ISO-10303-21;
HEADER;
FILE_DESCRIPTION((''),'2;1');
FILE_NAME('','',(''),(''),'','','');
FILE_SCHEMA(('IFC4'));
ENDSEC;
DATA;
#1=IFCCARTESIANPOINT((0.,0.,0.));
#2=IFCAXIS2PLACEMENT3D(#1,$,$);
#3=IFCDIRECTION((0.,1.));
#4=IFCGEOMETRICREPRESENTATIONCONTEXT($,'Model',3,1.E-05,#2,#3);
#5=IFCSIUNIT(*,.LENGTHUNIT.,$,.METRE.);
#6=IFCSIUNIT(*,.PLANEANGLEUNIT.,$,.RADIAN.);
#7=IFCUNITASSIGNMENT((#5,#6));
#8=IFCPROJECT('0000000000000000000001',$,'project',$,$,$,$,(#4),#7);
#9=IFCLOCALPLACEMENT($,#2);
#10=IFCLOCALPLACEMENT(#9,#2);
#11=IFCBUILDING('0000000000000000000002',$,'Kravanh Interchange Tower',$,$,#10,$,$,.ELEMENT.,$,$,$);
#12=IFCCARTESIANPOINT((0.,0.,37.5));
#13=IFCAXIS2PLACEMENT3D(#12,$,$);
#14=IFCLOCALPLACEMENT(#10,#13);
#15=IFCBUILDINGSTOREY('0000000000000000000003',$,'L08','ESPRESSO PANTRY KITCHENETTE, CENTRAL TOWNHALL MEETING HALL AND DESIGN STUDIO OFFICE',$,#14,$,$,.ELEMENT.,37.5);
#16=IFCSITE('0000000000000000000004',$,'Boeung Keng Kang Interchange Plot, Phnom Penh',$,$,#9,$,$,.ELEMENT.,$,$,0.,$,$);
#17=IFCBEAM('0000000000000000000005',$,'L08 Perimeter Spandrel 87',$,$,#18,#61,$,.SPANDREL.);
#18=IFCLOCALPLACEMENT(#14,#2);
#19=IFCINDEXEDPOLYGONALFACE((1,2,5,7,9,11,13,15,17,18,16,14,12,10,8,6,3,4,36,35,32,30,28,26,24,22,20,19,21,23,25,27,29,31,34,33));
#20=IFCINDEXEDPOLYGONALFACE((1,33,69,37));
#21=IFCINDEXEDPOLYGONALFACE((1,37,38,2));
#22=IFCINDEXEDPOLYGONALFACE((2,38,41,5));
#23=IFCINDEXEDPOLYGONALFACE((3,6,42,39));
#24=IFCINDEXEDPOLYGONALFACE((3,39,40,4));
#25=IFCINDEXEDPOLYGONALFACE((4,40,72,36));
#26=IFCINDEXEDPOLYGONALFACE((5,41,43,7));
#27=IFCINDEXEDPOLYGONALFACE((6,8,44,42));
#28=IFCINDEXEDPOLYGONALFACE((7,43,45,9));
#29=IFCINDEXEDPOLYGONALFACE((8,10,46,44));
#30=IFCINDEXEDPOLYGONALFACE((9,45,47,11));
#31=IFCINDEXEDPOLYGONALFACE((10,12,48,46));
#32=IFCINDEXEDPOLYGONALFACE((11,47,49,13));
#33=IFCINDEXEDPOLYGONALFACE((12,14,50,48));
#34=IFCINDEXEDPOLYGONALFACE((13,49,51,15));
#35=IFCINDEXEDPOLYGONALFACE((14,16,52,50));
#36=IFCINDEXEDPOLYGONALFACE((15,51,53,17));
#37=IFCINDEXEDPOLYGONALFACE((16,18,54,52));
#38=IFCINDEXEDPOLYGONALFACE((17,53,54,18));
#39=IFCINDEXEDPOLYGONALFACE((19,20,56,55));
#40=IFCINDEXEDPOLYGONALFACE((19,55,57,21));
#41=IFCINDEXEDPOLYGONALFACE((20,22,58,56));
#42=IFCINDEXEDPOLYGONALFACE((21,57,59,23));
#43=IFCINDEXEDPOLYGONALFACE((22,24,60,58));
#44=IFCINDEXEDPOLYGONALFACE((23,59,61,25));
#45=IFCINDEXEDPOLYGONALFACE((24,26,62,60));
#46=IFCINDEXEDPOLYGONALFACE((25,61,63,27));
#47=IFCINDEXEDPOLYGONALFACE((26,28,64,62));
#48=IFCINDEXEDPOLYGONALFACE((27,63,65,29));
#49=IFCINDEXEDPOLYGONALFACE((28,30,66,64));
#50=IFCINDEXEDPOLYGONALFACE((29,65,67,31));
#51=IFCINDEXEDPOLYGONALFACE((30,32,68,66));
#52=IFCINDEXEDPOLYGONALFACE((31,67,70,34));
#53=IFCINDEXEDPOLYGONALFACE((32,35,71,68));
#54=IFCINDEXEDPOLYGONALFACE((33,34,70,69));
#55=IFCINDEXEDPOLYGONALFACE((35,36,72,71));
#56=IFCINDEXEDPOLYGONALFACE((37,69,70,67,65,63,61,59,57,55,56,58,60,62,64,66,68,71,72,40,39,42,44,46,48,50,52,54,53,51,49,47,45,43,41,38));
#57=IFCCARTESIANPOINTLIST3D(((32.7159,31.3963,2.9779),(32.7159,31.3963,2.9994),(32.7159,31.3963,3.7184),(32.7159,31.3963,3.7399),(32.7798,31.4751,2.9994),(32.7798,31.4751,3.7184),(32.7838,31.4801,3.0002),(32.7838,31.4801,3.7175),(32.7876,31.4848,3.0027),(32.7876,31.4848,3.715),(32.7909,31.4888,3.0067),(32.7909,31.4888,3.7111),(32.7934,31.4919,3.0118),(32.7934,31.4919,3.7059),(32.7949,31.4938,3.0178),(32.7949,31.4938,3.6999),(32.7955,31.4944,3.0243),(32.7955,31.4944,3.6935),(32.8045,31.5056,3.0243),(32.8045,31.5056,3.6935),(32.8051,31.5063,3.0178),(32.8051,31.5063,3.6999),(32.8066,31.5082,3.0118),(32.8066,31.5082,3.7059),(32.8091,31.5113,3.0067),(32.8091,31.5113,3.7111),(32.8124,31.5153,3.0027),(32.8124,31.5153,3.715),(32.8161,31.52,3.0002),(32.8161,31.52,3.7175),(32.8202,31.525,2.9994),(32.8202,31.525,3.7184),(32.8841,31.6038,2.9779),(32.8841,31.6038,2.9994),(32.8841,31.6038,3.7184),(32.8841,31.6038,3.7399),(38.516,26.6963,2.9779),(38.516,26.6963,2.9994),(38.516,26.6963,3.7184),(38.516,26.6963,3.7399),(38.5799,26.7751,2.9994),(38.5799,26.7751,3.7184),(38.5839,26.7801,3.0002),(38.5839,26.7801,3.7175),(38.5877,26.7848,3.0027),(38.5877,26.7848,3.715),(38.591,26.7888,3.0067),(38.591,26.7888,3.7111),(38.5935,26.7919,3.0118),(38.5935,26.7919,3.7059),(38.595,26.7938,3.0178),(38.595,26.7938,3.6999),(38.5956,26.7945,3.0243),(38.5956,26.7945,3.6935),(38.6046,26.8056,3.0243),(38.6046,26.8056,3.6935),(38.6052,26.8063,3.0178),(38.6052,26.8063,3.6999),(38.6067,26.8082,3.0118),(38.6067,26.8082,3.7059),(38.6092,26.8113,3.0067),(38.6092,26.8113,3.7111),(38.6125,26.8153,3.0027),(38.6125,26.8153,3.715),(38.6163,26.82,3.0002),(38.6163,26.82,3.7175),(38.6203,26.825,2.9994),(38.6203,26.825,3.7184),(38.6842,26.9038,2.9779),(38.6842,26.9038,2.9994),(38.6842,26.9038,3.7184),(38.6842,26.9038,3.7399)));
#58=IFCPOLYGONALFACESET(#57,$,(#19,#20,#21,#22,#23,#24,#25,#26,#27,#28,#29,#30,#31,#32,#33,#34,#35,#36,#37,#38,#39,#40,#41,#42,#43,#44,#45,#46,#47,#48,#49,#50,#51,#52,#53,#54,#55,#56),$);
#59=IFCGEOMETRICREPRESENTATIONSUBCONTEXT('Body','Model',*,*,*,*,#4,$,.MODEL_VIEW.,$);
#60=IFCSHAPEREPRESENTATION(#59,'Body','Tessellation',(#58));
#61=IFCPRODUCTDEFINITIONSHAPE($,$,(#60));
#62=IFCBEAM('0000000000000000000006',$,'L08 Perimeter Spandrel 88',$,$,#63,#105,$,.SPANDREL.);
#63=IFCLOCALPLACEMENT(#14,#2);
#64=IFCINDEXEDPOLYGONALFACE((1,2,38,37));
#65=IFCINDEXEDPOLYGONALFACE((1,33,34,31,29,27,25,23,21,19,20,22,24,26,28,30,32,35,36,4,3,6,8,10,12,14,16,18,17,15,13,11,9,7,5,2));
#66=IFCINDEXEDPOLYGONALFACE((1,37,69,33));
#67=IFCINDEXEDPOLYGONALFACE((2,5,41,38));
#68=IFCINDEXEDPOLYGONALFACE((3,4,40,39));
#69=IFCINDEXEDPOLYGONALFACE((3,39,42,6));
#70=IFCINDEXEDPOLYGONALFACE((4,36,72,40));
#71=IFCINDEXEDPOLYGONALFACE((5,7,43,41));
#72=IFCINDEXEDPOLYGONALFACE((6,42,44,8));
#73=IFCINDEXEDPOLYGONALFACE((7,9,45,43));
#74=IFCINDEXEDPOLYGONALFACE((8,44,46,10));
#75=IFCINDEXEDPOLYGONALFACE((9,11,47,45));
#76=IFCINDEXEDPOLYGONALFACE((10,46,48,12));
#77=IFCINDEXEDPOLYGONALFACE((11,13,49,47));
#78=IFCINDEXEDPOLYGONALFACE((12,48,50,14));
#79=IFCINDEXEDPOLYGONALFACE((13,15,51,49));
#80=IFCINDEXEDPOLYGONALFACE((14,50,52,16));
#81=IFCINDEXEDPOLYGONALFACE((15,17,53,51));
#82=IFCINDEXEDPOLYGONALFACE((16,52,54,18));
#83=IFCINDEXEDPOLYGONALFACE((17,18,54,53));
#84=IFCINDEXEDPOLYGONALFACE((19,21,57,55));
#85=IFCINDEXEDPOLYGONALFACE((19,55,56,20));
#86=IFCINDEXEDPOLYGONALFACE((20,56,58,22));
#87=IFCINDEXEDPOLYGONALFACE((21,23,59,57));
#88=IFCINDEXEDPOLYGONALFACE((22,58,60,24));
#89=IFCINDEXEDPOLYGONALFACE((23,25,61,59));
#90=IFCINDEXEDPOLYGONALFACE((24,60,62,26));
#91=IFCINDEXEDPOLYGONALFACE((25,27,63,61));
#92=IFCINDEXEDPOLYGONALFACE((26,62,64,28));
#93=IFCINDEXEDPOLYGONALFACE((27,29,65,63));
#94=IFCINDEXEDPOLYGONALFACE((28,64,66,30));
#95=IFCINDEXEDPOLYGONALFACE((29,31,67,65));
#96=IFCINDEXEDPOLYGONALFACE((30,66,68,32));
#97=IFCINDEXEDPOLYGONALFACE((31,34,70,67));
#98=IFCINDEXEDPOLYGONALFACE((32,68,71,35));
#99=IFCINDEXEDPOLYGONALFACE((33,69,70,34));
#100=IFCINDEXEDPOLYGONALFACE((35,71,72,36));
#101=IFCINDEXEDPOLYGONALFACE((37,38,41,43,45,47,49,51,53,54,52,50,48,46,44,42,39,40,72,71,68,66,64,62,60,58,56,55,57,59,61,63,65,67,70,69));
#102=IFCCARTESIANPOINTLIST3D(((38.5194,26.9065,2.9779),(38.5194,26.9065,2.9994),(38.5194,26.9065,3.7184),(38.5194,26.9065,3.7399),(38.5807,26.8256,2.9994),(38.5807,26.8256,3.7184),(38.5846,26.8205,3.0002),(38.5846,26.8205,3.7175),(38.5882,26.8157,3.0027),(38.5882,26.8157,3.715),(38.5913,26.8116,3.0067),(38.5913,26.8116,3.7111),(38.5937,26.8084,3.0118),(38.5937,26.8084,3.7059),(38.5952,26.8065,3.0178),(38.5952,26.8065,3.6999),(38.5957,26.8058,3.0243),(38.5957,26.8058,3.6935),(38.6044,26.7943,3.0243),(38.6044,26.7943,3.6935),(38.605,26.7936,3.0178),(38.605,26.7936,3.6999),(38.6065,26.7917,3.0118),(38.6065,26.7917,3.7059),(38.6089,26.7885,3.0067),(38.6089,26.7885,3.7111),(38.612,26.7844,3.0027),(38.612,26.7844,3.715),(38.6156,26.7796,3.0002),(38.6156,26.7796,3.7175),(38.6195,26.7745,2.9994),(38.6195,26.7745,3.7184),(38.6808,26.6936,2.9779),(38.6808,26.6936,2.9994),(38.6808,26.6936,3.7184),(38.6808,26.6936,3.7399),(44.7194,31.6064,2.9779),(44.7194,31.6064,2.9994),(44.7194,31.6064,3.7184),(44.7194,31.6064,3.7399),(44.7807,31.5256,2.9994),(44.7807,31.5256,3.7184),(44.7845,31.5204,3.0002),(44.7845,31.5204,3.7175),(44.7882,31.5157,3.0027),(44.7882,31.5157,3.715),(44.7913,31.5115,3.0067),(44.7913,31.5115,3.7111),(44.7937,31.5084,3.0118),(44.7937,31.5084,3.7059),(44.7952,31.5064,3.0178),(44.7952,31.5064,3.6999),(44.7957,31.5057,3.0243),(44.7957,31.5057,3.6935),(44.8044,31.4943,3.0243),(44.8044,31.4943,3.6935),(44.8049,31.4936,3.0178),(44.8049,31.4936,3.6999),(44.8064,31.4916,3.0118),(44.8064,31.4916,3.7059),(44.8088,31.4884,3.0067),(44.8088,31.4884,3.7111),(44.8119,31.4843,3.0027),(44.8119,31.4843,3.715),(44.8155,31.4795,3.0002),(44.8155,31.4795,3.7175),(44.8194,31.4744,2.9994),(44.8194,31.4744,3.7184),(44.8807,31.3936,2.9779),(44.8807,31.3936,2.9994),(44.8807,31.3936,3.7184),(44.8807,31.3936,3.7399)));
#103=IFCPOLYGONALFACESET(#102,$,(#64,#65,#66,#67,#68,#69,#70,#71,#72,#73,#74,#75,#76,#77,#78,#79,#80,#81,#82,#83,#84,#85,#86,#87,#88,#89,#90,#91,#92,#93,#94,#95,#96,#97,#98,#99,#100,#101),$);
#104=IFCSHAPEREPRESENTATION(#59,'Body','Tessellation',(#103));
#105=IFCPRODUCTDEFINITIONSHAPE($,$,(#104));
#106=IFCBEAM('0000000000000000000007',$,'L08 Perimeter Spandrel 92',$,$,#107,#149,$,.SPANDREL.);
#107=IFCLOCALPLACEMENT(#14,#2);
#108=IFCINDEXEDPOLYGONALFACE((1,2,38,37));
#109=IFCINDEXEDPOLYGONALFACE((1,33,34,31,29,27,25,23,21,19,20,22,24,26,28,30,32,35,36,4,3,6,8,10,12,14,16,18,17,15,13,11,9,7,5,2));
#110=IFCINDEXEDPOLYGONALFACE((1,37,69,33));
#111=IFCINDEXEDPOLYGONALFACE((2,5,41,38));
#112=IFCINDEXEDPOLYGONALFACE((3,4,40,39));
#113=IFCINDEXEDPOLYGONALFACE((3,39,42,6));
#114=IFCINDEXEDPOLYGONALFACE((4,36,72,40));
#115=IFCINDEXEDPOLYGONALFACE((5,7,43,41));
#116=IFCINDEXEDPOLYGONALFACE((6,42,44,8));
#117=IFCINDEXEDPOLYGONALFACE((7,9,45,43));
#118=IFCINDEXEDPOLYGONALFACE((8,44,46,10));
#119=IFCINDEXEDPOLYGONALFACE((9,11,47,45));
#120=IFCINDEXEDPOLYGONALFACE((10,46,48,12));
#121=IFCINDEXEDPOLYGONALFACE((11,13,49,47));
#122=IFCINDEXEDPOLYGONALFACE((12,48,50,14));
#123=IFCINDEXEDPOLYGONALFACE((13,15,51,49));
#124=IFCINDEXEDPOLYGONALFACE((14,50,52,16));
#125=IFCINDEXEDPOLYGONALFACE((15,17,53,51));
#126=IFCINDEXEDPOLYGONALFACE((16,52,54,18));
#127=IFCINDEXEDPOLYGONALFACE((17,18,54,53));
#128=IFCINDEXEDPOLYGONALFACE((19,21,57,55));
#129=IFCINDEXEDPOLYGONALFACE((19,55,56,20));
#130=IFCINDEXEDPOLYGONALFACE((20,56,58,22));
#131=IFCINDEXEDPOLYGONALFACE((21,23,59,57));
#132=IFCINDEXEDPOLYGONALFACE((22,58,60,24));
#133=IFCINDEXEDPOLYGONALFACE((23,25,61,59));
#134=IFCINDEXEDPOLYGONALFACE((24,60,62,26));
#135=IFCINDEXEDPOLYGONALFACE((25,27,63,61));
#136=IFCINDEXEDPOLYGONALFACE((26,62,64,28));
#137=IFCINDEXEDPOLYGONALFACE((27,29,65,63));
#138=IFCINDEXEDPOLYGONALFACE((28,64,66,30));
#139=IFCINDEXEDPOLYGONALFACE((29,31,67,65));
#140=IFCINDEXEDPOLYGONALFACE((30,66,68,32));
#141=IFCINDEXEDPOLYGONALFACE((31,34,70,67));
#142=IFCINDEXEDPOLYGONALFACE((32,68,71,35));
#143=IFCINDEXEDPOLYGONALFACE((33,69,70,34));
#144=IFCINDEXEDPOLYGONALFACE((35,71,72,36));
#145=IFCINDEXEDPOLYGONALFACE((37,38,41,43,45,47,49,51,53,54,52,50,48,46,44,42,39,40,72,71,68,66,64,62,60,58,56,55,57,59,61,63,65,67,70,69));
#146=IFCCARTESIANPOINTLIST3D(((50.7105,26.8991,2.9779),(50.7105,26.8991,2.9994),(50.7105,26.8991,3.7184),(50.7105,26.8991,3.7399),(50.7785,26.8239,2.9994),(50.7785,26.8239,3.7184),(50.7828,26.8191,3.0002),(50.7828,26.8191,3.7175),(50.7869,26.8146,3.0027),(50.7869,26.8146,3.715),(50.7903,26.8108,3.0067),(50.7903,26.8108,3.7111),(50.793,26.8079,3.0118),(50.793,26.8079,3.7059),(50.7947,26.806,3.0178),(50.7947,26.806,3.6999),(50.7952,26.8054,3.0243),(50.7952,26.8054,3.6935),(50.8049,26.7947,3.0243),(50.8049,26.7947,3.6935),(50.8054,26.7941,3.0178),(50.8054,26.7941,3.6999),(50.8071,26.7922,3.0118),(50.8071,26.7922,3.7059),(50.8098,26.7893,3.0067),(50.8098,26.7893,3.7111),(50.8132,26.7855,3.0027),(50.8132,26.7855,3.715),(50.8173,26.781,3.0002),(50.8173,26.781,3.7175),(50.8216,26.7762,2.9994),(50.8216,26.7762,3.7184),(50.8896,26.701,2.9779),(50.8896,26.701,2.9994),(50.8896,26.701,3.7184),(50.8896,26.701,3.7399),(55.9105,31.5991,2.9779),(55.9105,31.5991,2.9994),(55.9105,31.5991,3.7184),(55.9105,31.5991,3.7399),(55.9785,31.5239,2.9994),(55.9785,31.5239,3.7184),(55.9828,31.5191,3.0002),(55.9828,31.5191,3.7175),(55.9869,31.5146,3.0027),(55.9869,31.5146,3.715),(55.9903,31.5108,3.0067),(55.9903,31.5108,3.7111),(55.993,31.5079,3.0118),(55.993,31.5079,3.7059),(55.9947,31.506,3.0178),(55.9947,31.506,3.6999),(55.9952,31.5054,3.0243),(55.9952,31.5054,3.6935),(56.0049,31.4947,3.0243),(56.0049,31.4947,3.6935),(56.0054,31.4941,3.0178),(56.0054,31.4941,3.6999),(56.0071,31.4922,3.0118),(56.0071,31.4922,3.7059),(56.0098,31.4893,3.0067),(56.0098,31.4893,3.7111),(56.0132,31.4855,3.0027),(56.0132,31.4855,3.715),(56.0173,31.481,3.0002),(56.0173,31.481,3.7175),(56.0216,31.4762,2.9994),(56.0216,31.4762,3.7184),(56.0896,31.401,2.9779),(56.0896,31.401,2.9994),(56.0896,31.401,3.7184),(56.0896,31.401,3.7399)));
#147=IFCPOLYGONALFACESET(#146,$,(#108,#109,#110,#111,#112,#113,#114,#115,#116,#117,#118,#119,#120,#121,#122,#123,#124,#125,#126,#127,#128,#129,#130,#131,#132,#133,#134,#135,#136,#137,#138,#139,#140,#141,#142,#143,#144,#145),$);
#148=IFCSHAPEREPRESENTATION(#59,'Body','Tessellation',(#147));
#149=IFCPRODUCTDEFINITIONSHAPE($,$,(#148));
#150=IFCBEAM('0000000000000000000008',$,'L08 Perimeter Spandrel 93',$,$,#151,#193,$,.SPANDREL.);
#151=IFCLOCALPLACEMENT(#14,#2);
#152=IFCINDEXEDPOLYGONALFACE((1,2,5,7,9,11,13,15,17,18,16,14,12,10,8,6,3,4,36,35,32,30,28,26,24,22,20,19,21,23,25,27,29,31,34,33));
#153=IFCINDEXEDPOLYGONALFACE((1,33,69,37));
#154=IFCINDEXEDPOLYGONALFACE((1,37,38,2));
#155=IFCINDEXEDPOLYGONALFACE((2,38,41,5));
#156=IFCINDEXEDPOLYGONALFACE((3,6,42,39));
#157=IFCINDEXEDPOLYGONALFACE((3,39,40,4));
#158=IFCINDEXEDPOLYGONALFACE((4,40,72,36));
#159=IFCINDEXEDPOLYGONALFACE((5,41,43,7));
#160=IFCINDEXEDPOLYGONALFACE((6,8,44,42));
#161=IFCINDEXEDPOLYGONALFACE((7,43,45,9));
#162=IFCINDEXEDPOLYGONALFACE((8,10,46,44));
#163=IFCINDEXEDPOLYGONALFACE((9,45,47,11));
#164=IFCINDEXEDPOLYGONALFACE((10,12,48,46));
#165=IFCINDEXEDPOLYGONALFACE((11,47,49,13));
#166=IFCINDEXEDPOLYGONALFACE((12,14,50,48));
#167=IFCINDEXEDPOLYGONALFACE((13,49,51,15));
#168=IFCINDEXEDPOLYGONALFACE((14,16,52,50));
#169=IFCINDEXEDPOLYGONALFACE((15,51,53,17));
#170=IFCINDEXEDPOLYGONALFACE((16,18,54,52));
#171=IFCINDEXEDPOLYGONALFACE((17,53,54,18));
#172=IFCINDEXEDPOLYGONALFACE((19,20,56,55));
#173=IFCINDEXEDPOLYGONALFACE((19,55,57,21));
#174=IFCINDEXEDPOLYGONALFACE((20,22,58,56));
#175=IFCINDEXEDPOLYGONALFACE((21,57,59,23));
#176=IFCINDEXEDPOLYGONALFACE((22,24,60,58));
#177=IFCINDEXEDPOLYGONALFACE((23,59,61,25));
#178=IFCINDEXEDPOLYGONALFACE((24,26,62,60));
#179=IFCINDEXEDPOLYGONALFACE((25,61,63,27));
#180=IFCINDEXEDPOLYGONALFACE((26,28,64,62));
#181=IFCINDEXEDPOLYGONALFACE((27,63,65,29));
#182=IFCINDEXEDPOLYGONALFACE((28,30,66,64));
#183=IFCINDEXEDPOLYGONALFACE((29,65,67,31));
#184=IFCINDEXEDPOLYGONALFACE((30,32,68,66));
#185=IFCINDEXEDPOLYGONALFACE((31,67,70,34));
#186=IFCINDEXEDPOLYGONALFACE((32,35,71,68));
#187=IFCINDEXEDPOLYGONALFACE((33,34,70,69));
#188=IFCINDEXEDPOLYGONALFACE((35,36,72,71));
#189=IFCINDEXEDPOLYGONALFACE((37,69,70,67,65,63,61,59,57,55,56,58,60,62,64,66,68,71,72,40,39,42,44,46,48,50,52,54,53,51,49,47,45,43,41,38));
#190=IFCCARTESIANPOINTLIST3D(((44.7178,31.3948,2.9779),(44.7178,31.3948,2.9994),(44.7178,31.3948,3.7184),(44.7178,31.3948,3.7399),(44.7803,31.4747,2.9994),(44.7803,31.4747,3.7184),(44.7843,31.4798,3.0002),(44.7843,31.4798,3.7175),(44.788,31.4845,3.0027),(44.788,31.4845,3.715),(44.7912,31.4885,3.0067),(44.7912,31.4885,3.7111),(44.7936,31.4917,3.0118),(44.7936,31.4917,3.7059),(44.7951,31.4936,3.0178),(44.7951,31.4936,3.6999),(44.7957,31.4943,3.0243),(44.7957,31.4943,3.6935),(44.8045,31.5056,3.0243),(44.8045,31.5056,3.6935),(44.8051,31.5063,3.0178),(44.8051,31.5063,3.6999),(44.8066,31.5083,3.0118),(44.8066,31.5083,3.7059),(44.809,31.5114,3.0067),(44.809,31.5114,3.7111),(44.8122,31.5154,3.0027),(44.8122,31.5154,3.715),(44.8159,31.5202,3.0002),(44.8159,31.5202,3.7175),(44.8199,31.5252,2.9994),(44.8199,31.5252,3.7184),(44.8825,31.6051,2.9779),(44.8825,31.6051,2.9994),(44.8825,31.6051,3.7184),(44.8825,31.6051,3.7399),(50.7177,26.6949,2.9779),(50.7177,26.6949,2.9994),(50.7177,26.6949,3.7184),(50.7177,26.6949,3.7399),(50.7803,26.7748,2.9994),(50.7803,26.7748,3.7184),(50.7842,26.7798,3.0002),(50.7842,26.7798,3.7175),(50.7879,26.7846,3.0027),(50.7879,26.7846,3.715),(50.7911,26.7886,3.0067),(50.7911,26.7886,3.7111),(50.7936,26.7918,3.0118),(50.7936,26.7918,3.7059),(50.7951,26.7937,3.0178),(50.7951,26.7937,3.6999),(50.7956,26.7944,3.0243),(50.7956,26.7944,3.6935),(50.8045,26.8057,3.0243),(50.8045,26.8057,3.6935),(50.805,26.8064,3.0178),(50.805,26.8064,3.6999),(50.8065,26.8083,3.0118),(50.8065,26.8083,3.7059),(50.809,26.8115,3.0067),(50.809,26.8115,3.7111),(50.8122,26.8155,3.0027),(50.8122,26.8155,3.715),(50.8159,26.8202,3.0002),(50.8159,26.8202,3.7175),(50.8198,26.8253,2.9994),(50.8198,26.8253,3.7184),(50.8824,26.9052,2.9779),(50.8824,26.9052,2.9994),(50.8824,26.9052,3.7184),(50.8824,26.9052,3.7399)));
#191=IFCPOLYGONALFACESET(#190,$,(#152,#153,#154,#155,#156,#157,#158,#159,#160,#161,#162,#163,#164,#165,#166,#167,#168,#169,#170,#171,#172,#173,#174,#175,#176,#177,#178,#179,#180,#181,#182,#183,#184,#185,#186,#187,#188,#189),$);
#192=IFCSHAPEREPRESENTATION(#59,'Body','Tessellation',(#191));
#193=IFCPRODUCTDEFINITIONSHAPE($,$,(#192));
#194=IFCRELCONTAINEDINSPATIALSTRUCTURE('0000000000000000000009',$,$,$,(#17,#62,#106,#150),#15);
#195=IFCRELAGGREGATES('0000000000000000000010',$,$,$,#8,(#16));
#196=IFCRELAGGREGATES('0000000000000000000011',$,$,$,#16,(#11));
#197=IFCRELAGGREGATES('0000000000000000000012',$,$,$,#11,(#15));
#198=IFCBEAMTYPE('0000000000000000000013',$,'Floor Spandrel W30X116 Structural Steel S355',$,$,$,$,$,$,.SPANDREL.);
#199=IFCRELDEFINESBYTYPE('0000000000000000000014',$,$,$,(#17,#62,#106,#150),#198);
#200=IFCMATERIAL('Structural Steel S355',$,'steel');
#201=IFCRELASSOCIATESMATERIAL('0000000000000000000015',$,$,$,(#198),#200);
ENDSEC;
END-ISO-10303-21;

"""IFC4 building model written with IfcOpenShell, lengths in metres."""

from ifc_helpers import new_model, si_unit, direction, frame, origin, origin_2d, place, context, subcontext, project, spatial, i_section, extrude, material, material_profile, profile_set, type_object, element, save


model = new_model("IFC4")

# Units and contexts
model_context = context("Model", 3, precision=1e-05, world=origin(), true_north=direction((0.0, 1.0)))
body_context = subcontext(model_context, "Body", "Model", "MODEL_VIEW")
ifc_project = project(units=[si_unit("LENGTHUNIT", "METRE"), si_unit("PLANEANGLEUNIT", "RADIAN")], contexts=[model_context])

# Site, building, storey
site_placement = place(None, origin())
site = spatial("IfcSite", under=ifc_project, at=site_placement, Name="Boeung Keng Kang Interchange Plot, Phnom Penh", CompositionType="ELEMENT", RefElevation=0.0)
building_placement = place(site_placement, origin())
building = spatial("IfcBuilding", under=site, at=building_placement, Name="Kravanh Interchange Tower", CompositionType="ELEMENT")
storey_placement = place(building_placement, frame((0.0, 0.0, 37.5)))
storey = spatial("IfcBuildingStorey", under=building, at=storey_placement, Name="L08", Description="ESPRESSO PANTRY KITCHENETTE, CENTRAL TOWNHALL MEETING HALL AND DESIGN STUDIO OFFICE", CompositionType="ELEMENT", Elevation=37.5)

# Beams
ifc_material_1 = material(Name="Structural Steel S355", Category="steel")
ifc_material_profile_1 = material_profile(ifc_material_1, i_section(OverallWidth=0.2671, OverallDepth=0.762, WebThickness=0.0144, FlangeThickness=0.0215, FilletRadius=0.0249, at=origin_2d()), Name="W30X116")
ifc_profile_set_1 = profile_set([ifc_material_profile_1], Name="Structural Steel S355")
beam_type_1 = type_object("IfcBeamType", Name="Floor Spandrel W30X116 Structural Steel S355", PredefinedType="SPANDREL", material=ifc_profile_set_1)
for number, where, z_axis, x_axis, name in (
    (1, (38.6001, 26.8, 3.3589), (-0.776939, 0.629576, 0.0), (-0.629576, -0.776939, 0.0), "L08 Perimeter Spandrel 87"),
):
    element("IfcBeam", number, at=place(storey_placement, frame(where, z_axis=z_axis, x_axis=x_axis)), inside=storey, type_object=beam_type_1, Name=name, PredefinedType="SPANDREL", context=body_context, shape_type="SweptSolid", body=[
        extrude(i_section(OverallWidth=0.2671, OverallDepth=0.762, WebThickness=0.0144, FlangeThickness=0.0215, FilletRadius=0.0249, at=origin_2d()), origin(), (0.0, 0.0, 1.0), 7.4653),
    ])
beam_1_placement = place(storey_placement, frame((38.6001, 26.8, 3.3589), z_axis=(0.796905, 0.604104, 0.0), x_axis=(-0.604104, 0.796905, 0.0)))
element("IfcBeam", 2, at=beam_1_placement, inside=storey, type_object=beam_type_1, Name="L08 Perimeter Spandrel 88", PredefinedType="SPANDREL", context=body_context, shape_type="SweptSolid", body=[
    extrude(i_section(OverallWidth=0.2671, OverallDepth=0.762, WebThickness=0.0144, FlangeThickness=0.0215, FilletRadius=0.0249, at=origin_2d()), origin(), (0.0, 0.0, 1.0), 7.78),
])
beam_2_placement = place(storey_placement, frame((50.8, 26.8, 3.3589), z_axis=(0.741874, 0.670539, 0.0), x_axis=(-0.670539, 0.741874, 0.0)))
element("IfcBeam", 3, at=beam_2_placement, inside=storey, type_object=beam_type_1, Name="L08 Perimeter Spandrel 92", PredefinedType="SPANDREL", context=body_context, shape_type="SweptSolid", body=[
    extrude(i_section(OverallWidth=0.2671, OverallDepth=0.762, WebThickness=0.0144, FlangeThickness=0.0215, FilletRadius=0.0249, at=origin_2d()), origin(), (0.0, 0.0, 1.0), 7.0093),
])
beam_3_placement = place(storey_placement, frame((50.8, 26.8, 3.3589), z_axis=(-0.787231, 0.616658, 0.0), x_axis=(-0.616658, -0.787231, 0.0)))
element("IfcBeam", 4, at=beam_3_placement, inside=storey, type_object=beam_type_1, Name="L08 Perimeter Spandrel 93", PredefinedType="SPANDREL", context=body_context, shape_type="SweptSolid", body=[
    extrude(i_section(OverallWidth=0.2671, OverallDepth=0.762, WebThickness=0.0144, FlangeThickness=0.0215, FilletRadius=0.0249, at=origin_2d()), origin(), (0.0, 0.0, 1.0), 7.6216),
])

save(model, "model.ifc")
